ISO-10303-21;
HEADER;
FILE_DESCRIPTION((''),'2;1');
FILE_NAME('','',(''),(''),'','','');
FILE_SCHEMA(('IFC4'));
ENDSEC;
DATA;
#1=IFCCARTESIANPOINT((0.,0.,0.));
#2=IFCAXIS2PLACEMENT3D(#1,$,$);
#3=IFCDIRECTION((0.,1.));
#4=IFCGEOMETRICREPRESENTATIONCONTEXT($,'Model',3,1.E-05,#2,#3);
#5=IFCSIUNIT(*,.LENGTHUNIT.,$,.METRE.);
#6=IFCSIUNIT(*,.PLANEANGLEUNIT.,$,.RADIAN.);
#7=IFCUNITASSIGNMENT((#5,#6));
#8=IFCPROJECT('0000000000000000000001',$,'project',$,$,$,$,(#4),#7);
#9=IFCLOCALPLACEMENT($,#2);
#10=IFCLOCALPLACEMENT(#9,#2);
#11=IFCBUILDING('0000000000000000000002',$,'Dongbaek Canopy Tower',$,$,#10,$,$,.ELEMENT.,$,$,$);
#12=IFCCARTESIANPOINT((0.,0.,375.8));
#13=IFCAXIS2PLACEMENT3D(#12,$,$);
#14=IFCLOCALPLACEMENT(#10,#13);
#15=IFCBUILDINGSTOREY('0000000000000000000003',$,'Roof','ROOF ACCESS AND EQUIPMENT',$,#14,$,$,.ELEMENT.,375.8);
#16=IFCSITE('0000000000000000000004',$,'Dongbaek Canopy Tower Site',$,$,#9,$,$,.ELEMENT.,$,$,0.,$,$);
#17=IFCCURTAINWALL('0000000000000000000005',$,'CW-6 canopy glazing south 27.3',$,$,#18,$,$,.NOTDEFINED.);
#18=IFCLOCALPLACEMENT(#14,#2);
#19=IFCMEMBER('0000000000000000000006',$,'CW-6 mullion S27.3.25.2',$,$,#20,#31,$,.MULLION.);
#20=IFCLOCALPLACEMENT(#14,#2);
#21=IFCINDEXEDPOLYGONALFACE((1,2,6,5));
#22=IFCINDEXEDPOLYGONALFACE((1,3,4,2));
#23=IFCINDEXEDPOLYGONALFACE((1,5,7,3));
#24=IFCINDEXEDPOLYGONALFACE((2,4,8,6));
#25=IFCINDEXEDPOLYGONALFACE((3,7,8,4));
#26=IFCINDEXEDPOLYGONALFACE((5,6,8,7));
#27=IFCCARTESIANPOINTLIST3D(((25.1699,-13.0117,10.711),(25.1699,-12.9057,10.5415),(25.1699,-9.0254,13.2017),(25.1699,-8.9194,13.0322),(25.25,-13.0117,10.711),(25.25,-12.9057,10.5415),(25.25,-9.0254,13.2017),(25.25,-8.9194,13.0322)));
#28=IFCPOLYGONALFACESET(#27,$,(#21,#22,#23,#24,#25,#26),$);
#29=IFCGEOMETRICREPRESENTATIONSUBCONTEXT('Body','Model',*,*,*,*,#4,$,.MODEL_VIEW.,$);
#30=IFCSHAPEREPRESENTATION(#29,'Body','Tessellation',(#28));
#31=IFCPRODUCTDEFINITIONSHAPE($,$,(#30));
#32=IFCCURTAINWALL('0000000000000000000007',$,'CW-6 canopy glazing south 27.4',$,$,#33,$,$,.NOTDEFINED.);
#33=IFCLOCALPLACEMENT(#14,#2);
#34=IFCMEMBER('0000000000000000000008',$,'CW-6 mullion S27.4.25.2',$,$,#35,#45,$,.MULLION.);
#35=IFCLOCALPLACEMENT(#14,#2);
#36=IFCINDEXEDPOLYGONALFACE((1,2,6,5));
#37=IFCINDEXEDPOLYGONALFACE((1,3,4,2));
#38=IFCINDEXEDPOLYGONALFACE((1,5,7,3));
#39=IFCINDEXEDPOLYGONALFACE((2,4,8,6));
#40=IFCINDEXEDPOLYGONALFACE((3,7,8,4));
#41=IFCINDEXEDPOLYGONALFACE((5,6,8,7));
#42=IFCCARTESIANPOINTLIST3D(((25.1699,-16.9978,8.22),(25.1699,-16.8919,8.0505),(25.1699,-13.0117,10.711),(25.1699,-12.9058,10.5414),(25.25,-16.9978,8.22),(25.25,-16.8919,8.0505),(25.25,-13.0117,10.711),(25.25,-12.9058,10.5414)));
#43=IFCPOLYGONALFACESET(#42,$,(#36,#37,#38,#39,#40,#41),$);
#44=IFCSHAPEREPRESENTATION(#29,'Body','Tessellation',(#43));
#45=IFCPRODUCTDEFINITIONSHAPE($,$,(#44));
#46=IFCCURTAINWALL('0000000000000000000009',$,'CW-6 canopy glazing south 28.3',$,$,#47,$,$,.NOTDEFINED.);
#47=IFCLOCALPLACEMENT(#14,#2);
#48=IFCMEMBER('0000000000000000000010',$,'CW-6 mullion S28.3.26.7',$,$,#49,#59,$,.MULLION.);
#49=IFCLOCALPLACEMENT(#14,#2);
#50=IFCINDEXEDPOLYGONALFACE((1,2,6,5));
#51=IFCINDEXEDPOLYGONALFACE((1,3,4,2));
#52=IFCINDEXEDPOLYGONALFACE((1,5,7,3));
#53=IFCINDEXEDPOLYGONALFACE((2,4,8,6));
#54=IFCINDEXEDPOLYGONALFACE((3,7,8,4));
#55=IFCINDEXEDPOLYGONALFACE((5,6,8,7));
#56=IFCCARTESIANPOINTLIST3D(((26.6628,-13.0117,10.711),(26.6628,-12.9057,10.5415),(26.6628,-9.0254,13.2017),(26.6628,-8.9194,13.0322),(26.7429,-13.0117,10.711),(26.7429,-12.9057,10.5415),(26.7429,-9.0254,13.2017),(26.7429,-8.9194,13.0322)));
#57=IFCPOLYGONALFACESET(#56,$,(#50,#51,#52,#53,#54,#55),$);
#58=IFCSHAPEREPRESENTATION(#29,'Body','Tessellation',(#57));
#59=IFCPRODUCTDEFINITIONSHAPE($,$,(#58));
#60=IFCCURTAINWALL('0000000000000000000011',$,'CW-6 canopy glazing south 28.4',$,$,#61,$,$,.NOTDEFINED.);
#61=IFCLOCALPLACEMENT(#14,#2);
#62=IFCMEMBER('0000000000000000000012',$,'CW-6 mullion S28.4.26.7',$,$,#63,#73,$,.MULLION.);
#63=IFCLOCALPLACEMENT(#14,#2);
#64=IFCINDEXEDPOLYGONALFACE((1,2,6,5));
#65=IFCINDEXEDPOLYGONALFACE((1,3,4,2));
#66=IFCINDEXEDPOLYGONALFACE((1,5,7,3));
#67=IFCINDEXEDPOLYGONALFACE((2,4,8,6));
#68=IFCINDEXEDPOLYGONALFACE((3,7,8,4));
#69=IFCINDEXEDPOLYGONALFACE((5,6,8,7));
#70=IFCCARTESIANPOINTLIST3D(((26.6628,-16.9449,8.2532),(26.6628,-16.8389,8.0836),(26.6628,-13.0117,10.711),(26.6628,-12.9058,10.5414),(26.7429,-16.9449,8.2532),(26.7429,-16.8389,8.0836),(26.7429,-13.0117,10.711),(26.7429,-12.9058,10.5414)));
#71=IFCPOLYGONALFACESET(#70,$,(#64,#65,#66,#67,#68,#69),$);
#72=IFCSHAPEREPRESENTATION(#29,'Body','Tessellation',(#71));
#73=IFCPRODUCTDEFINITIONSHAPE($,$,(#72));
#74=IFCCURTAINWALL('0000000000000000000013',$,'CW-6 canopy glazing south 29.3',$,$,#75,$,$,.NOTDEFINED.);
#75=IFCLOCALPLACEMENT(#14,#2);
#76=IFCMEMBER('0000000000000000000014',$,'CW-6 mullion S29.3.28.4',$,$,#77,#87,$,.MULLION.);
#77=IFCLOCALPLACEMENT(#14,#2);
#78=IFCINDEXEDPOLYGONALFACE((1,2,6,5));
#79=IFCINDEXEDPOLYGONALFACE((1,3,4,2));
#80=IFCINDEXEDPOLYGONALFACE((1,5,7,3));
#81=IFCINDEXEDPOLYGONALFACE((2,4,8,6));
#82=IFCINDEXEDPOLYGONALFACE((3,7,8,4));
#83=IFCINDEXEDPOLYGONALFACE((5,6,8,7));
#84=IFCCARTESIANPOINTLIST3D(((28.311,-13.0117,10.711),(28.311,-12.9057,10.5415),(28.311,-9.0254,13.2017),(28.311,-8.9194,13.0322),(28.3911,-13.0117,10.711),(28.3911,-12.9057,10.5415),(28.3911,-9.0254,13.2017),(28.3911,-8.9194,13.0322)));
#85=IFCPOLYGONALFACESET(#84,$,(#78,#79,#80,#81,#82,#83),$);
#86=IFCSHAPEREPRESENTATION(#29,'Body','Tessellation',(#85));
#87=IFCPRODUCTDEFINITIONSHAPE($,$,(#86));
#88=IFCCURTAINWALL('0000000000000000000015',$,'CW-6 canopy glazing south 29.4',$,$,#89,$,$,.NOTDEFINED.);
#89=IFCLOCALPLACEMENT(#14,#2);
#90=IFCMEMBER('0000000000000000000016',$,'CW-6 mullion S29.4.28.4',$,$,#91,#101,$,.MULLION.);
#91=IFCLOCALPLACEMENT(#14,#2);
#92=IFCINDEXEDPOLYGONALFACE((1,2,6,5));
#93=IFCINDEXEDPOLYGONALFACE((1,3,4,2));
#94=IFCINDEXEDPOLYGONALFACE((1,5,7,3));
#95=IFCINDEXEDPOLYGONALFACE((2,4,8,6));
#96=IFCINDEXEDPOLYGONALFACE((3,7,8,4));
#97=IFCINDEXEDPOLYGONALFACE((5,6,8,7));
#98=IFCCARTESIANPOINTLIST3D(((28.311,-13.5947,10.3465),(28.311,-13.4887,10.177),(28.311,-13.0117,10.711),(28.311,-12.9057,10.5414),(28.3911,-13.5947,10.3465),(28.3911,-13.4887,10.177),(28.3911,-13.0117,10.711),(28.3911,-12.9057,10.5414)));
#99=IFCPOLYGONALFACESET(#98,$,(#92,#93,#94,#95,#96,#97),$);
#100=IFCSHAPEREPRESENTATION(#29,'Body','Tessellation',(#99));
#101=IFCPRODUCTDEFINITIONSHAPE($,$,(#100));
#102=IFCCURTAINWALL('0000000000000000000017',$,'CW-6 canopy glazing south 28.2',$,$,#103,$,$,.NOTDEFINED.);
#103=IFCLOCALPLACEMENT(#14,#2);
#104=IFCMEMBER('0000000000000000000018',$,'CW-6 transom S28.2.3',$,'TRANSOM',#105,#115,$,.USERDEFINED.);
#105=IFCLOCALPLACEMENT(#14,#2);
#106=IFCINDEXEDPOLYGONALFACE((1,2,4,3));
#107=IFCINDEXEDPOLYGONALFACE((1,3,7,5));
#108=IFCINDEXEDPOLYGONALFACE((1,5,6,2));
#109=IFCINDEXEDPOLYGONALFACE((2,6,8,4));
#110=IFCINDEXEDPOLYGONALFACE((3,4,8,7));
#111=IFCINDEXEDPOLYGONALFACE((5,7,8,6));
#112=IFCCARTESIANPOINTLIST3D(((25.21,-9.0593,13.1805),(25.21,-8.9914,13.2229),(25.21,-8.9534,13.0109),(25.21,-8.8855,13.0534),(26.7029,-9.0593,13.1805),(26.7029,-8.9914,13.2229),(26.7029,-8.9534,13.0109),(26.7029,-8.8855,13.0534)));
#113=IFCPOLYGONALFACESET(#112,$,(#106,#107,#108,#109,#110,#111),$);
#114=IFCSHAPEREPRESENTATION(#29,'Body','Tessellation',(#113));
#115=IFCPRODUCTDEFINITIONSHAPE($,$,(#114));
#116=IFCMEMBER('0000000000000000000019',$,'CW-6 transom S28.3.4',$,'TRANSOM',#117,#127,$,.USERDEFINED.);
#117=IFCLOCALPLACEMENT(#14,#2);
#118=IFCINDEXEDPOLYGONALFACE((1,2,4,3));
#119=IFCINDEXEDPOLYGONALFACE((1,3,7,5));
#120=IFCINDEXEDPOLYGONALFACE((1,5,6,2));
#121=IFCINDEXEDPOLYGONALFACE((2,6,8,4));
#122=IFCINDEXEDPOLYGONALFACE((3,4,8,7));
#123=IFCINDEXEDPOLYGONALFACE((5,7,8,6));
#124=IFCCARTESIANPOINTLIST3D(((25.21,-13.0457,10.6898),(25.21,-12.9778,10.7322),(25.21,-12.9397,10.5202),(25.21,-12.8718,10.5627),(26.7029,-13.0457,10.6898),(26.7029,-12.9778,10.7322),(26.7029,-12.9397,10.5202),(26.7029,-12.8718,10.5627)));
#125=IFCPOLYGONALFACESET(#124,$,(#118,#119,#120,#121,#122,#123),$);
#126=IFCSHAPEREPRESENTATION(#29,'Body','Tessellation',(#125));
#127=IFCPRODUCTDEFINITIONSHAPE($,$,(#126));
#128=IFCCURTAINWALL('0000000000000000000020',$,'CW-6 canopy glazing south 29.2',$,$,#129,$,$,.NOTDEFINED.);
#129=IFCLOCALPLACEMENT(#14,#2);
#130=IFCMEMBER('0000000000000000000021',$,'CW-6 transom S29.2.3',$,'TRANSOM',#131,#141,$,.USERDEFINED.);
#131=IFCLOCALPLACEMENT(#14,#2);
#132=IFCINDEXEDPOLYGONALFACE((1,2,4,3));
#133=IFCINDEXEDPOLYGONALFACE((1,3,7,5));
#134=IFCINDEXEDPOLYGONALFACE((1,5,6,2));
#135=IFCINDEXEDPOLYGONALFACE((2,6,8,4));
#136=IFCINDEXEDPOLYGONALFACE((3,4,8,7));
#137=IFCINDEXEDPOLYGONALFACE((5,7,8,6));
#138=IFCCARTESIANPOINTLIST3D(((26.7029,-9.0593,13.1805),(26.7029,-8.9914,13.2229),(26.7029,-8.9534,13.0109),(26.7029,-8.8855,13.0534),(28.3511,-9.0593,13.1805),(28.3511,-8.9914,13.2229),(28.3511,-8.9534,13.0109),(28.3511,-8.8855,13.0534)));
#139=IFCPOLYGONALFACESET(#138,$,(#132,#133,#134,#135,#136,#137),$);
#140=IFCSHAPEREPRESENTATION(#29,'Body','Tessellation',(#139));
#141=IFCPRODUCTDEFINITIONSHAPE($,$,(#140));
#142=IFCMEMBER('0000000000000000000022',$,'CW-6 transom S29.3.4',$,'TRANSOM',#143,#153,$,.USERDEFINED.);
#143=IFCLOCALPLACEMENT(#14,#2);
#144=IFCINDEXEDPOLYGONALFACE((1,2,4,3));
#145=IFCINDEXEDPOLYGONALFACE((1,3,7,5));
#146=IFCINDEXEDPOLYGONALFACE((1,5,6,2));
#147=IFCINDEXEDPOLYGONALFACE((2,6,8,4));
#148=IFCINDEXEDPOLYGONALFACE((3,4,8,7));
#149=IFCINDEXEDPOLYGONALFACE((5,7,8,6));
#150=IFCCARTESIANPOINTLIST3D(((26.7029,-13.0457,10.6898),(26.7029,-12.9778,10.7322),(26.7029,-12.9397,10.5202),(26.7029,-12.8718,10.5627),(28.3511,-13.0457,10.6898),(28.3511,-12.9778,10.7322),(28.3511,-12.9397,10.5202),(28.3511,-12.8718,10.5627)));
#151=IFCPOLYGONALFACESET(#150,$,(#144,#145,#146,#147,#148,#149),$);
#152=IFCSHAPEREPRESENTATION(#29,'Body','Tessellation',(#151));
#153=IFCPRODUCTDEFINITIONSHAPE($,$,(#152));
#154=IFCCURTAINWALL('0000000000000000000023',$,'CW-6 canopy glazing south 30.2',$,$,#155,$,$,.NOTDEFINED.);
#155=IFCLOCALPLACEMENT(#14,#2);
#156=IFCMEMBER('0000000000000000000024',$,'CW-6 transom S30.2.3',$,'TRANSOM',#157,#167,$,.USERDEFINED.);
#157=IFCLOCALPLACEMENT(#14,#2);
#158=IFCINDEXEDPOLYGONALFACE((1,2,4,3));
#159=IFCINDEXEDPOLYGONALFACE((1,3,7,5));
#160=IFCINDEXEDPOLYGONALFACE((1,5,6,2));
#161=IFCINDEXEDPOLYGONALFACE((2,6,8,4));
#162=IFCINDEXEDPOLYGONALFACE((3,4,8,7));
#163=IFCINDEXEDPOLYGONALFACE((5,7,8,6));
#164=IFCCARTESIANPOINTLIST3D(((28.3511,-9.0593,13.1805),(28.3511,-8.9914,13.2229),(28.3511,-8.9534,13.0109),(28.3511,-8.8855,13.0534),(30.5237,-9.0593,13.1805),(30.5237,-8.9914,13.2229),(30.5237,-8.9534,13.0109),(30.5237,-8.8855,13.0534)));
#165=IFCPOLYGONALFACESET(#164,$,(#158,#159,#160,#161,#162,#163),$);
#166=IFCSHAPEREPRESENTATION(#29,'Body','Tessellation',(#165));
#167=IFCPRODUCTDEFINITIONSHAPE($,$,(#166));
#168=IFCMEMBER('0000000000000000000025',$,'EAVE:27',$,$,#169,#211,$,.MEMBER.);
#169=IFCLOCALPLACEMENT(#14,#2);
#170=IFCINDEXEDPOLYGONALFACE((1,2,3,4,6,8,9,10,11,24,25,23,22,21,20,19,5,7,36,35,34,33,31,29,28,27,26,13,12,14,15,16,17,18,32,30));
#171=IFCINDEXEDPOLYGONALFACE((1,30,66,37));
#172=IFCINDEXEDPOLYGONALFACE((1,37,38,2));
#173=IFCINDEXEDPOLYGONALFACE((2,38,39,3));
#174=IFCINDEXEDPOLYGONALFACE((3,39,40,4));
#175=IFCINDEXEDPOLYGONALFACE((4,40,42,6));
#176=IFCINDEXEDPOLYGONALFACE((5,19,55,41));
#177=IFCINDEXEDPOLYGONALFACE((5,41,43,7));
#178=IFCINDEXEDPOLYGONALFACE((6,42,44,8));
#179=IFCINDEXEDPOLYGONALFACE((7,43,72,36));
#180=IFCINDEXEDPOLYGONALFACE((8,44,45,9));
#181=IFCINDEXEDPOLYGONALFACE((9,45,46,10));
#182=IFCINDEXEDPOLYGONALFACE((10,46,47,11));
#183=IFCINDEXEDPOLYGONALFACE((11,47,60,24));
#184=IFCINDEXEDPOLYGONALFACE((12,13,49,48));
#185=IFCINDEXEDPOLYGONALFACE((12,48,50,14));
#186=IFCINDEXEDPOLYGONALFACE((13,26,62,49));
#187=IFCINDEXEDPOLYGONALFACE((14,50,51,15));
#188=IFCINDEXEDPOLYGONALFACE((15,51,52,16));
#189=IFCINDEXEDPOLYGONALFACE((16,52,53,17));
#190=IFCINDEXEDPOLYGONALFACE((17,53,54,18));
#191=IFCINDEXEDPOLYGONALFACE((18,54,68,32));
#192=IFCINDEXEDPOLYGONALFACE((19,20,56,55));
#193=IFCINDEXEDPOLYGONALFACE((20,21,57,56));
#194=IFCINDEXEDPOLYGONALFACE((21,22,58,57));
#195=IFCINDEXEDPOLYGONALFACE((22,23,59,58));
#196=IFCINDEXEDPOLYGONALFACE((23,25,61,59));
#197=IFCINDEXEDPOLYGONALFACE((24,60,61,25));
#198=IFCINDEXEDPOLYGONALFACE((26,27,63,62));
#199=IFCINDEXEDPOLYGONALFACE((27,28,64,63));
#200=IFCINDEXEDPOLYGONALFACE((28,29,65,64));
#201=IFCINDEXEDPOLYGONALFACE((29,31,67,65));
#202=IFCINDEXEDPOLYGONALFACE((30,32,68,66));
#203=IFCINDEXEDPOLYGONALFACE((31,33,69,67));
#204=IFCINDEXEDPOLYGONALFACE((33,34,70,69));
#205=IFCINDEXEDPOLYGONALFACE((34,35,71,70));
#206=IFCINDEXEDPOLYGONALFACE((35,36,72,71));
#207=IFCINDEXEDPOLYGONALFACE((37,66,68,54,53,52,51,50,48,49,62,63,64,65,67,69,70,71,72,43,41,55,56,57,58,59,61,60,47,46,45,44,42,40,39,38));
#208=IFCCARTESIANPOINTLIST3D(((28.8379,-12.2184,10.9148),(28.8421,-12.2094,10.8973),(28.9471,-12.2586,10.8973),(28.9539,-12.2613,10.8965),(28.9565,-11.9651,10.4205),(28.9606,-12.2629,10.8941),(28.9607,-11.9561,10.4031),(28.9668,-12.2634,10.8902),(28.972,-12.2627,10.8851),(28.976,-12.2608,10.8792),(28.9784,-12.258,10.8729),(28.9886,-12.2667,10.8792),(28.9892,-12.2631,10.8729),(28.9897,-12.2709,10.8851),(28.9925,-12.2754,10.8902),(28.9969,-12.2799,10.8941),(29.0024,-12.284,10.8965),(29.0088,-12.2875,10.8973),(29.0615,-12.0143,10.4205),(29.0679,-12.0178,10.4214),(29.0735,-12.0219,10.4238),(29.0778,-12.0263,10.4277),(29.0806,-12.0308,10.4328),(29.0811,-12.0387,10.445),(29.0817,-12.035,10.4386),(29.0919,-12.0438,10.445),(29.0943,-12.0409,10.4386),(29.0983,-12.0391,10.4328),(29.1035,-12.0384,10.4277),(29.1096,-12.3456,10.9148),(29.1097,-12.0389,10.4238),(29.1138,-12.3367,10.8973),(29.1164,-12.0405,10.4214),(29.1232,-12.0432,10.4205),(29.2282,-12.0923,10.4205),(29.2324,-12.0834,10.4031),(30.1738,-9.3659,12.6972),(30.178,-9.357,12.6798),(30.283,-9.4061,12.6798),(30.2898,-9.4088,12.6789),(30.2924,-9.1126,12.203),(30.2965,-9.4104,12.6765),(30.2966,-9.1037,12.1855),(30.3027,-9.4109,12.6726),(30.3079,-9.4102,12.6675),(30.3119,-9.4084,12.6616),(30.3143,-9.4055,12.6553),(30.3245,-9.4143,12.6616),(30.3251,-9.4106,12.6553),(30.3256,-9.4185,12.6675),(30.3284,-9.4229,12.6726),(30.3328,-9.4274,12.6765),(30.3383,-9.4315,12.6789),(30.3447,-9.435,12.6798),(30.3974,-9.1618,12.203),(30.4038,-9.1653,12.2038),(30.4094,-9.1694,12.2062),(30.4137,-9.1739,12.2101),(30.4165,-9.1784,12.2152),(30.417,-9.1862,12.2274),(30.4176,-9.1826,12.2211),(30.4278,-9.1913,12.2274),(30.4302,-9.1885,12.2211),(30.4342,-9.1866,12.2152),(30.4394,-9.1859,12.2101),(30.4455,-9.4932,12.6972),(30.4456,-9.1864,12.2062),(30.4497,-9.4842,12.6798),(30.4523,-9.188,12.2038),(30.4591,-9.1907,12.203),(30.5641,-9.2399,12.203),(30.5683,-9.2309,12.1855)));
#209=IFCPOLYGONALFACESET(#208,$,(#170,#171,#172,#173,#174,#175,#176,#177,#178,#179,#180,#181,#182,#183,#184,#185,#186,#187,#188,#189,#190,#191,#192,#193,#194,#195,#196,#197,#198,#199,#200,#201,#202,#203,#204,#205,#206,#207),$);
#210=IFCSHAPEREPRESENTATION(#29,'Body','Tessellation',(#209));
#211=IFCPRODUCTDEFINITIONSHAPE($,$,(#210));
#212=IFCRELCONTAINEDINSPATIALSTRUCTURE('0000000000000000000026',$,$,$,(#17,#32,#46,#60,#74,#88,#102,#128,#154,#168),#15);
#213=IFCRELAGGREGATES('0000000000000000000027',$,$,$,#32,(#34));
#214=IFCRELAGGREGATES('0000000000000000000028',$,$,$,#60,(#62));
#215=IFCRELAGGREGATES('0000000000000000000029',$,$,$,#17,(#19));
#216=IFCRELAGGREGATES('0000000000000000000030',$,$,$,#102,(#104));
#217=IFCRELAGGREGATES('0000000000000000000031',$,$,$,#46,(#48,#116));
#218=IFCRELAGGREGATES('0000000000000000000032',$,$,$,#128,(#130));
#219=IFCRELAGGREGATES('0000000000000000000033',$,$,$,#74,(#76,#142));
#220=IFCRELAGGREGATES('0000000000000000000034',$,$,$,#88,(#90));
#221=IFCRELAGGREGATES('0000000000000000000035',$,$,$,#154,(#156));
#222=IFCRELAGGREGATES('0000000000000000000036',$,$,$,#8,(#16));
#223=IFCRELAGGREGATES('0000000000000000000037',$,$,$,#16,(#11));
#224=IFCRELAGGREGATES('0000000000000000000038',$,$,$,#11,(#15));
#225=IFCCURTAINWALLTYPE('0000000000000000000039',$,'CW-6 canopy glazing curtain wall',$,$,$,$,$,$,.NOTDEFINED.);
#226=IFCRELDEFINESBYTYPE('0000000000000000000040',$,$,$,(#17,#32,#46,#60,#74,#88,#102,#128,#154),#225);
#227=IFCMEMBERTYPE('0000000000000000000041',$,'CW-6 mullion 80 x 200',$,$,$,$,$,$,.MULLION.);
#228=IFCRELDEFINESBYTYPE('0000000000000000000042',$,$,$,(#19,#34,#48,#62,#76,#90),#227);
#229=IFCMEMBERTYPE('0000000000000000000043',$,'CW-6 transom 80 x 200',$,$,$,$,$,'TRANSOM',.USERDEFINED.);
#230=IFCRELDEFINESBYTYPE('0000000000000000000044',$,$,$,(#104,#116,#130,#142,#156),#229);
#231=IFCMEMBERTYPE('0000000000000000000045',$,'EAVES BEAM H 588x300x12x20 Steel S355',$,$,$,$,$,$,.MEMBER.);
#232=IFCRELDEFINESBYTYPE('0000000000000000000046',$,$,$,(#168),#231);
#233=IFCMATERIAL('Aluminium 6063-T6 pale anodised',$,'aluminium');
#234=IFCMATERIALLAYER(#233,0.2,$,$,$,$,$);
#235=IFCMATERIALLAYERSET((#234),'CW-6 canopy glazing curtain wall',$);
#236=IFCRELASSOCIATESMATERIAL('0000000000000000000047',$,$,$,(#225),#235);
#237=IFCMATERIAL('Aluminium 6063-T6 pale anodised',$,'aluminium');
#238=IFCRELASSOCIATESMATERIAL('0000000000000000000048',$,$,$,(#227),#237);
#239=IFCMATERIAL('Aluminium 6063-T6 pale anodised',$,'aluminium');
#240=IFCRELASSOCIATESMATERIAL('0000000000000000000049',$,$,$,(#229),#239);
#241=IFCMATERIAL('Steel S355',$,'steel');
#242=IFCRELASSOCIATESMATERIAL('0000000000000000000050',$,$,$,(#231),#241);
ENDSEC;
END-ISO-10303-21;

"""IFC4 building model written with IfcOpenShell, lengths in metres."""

from ifc_helpers import new_model, si_unit, direction, frame, origin, origin_2d, place, context, subcontext, project, spatial, rectangle, i_section, extrude, material, layer, layer_set, material_profile, profile_set, type_object, element, aggregate, save


model = new_model("IFC4")

# Units and contexts
model_context = context("Model", 3, precision=1e-05, world=origin(), true_north=direction((0.0, 1.0)))
body_context = subcontext(model_context, "Body", "Model", "MODEL_VIEW")
ifc_project = project(units=[si_unit("LENGTHUNIT", "METRE"), si_unit("PLANEANGLEUNIT", "RADIAN")], contexts=[model_context])

# Site, building, storey
site_placement = place(None, origin())
site = spatial("IfcSite", under=ifc_project, at=site_placement, Name="Dongbaek Canopy Tower Site", CompositionType="ELEMENT", RefElevation=0.0)
building_placement = place(site_placement, origin())
building = spatial("IfcBuilding", under=site, at=building_placement, Name="Dongbaek Canopy Tower", CompositionType="ELEMENT")
storey_placement = place(building_placement, frame((0.0, 0.0, 375.8)))
storey = spatial("IfcBuildingStorey", under=building, at=storey_placement, Name="Roof", Description="ROOF ACCESS AND EQUIPMENT", CompositionType="ELEMENT", Elevation=375.8)

# Curtain walls, members
ifc_material_1 = material(Name="Aluminium 6063-T6 pale anodised", Category="aluminium")
ifc_layer_1 = layer(ifc_material_1, 0.2)
ifc_layer_set_1 = layer_set([ifc_layer_1], Name="CW-6 canopy glazing curtain wall")
curtain_wall_type = type_object("IfcCurtainWallType", Name="CW-6 canopy glazing curtain wall", PredefinedType="NOTDEFINED", material=ifc_layer_set_1)
curtain_wall_1_placement = place(storey_placement, origin())
curtain_wall_1 = element("IfcCurtainWall", 1, at=curtain_wall_1_placement, inside=storey, type_object=curtain_wall_type, Name="CW-6 canopy glazing south 27.3", PredefinedType="NOTDEFINED")
ifc_material_2 = material(Name="Aluminium 6063-T6 pale anodised", Category="aluminium")
ifc_material_profile_1 = material_profile(ifc_material_2, rectangle(XDim=0.0801, YDim=0.2, at=origin_2d()), Name="CW-6 mullion 80 x 200")
ifc_profile_set_1 = profile_set([ifc_material_profile_1], Name="Aluminium 6063-T6 pale anodised")
member_type_1 = type_object("IfcMemberType", Name="CW-6 mullion 80 x 200", PredefinedType="MULLION", material=ifc_profile_set_1)
member_1_placement = place(storey_placement, frame((25.21, -8.9724, 13.1169), z_axis=(0.0, -0.848068, -0.529887), x_axis=(1.0, 0.0, 0.0)))
member_1 = element("IfcMember", 2, at=member_1_placement, type_object=member_type_1, Name="CW-6 mullion S27.3.25.2", PredefinedType="MULLION", context=body_context, shape_type="SweptSolid", body=[
    extrude(rectangle(XDim=0.0801, YDim=0.2, at=origin_2d()), origin(), (0.0, 0.0, 1.0), 4.7004),
])
curtain_wall_2_placement = place(storey_placement, origin())
curtain_wall_2 = element("IfcCurtainWall", 3, at=curtain_wall_2_placement, inside=storey, type_object=curtain_wall_type, Name="CW-6 canopy glazing south 27.4", PredefinedType="NOTDEFINED")
member_2_placement = place(storey_placement, frame((25.21, -12.9587, 10.6262), z_axis=(0.0, -0.84803, -0.529948), x_axis=(1.0, 0.0, 0.0)))
member_2 = element("IfcMember", 4, at=member_2_placement, type_object=member_type_1, Name="CW-6 mullion S27.4.25.2", PredefinedType="MULLION", context=body_context, shape_type="SweptSolid", body=[
    extrude(rectangle(XDim=0.0801, YDim=0.2, at=origin_2d()), origin(), (0.0, 0.0, 1.0), 4.7004),
])
aggregate(curtain_wall_2, [member_2])
curtain_wall_3_placement = place(storey_placement, origin())
curtain_wall_3 = element("IfcCurtainWall", 5, at=curtain_wall_3_placement, inside=storey, type_object=curtain_wall_type, Name="CW-6 canopy glazing south 28.3", PredefinedType="NOTDEFINED")
member_3_placement = place(storey_placement, frame((26.7029, -8.9724, 13.1169), z_axis=(0.0, -0.848068, -0.529887), x_axis=(1.0, 0.0, 0.0)))
member_3 = element("IfcMember", 6, at=member_3_placement, type_object=member_type_1, Name="CW-6 mullion S28.3.26.7", PredefinedType="MULLION", context=body_context, shape_type="SweptSolid", body=[
    extrude(rectangle(XDim=0.0801, YDim=0.2, at=origin_2d()), origin(), (0.0, 0.0, 1.0), 4.7004),
])
curtain_wall_4_placement = place(storey_placement, origin())
curtain_wall_4 = element("IfcCurtainWall", 7, at=curtain_wall_4_placement, inside=storey, type_object=curtain_wall_type, Name="CW-6 canopy glazing south 28.4", PredefinedType="NOTDEFINED")
member_4_placement = place(storey_placement, frame((26.7029, -12.9587, 10.6262), z_axis=(0.0, -0.84804, -0.529933), x_axis=(1.0, 0.0, 0.0)))
member_4 = element("IfcMember", 8, at=member_4_placement, type_object=member_type_1, Name="CW-6 mullion S28.4.26.7", PredefinedType="MULLION", context=body_context, shape_type="SweptSolid", body=[
    extrude(rectangle(XDim=0.0801, YDim=0.2, at=origin_2d()), origin(), (0.0, 0.0, 1.0), 4.6379),
])
aggregate(curtain_wall_4, [member_4])
curtain_wall_5_placement = place(storey_placement, origin())
curtain_wall_5 = element("IfcCurtainWall", 9, at=curtain_wall_5_placement, inside=storey, type_object=curtain_wall_type, Name="CW-6 canopy glazing south 29.3", PredefinedType="NOTDEFINED")
member_5_placement = place(storey_placement, frame((28.3511, -8.9724, 13.1169), z_axis=(0.0, -0.848068, -0.529887), x_axis=(1.0, 0.0, 0.0)))
member_5 = element("IfcMember", 10, at=member_5_placement, type_object=member_type_1, Name="CW-6 mullion S29.3.28.4", PredefinedType="MULLION", context=body_context, shape_type="SweptSolid", body=[
    extrude(rectangle(XDim=0.0801, YDim=0.2, at=origin_2d()), origin(), (0.0, 0.0, 1.0), 4.7004),
])
curtain_wall_6_placement = place(storey_placement, origin())
curtain_wall_6 = element("IfcCurtainWall", 11, at=curtain_wall_6_placement, inside=storey, type_object=curtain_wall_type, Name="CW-6 canopy glazing south 29.4", PredefinedType="NOTDEFINED")
member_6_placement = place(storey_placement, frame((28.3511, -12.9587, 10.6262), z_axis=(0.0, -0.847919, -0.530127), x_axis=(1.0, 0.0, 0.0)))
member_6 = element("IfcMember", 12, at=member_6_placement, type_object=member_type_1, Name="CW-6 mullion S29.4.28.4", PredefinedType="MULLION", context=body_context, shape_type="SweptSolid", body=[
    extrude(rectangle(XDim=0.0801, YDim=0.2, at=origin_2d()), origin(), (0.0, 0.0, 1.0), 0.6875),
])
curtain_wall_7_placement = place(storey_placement, origin())
curtain_wall_7 = element("IfcCurtainWall", 13, at=curtain_wall_7_placement, inside=storey, type_object=curtain_wall_type, Name="CW-6 canopy glazing south 28.2", PredefinedType="NOTDEFINED")
ifc_material_3 = material(Name="Aluminium 6063-T6 pale anodised", Category="aluminium")
ifc_material_profile_2 = material_profile(ifc_material_3, rectangle(XDim=0.0801, YDim=0.2, at=origin_2d()), Name="CW-6 transom 80 x 200")
ifc_profile_set_2 = profile_set([ifc_material_profile_2], Name="Aluminium 6063-T6 pale anodised")
member_type_2 = type_object("IfcMemberType", Name="CW-6 transom 80 x 200", ElementType="TRANSOM", PredefinedType="USERDEFINED", material=ifc_profile_set_2)
member_7_placement = place(storey_placement, frame((25.21, -8.9724, 13.1169), z_axis=(1.0, 0.0, 0.0), x_axis=(0.0, 0.848048, 0.529919)))
member_7 = element("IfcMember", 14, at=member_7_placement, type_object=member_type_2, Name="CW-6 transom S28.2.3", ObjectType="TRANSOM", PredefinedType="USERDEFINED", context=body_context, shape_type="SweptSolid", body=[
    extrude(rectangle(XDim=0.0801, YDim=0.2, at=origin_2d()), origin(), (0.0, 0.0, 1.0), 1.4929),
])

# Member
member_8_placement = place(storey_placement, frame((25.21, -12.9587, 10.6262), z_axis=(1.0, 0.0, 0.0), x_axis=(0.0, 0.848048, 0.529919)))
member_8 = element("IfcMember", 15, at=member_8_placement, type_object=member_type_2, Name="CW-6 transom S28.3.4", ObjectType="TRANSOM", PredefinedType="USERDEFINED", context=body_context, shape_type="SweptSolid", body=[
    extrude(rectangle(XDim=0.0801, YDim=0.2, at=origin_2d()), origin(), (0.0, 0.0, 1.0), 1.4929),
])

# Curtain wall, member
curtain_wall_8_placement = place(storey_placement, origin())
curtain_wall_8 = element("IfcCurtainWall", 16, at=curtain_wall_8_placement, inside=storey, type_object=curtain_wall_type, Name="CW-6 canopy glazing south 29.2", PredefinedType="NOTDEFINED")
member_9_placement = place(storey_placement, frame((26.7029, -8.9724, 13.1169), z_axis=(1.0, 0.0, 0.0), x_axis=(0.0, 0.848048, 0.529919)))
member_9 = element("IfcMember", 17, at=member_9_placement, type_object=member_type_2, Name="CW-6 transom S29.2.3", ObjectType="TRANSOM", PredefinedType="USERDEFINED", context=body_context, shape_type="SweptSolid", body=[
    extrude(rectangle(XDim=0.0801, YDim=0.2, at=origin_2d()), origin(), (0.0, 0.0, 1.0), 1.6482),
])

# Member
member_10_placement = place(storey_placement, frame((26.7029, -12.9587, 10.6262), z_axis=(1.0, 0.0, 0.0), x_axis=(0.0, 0.848048, 0.529919)))
member_10 = element("IfcMember", 18, at=member_10_placement, type_object=member_type_2, Name="CW-6 transom S29.3.4", ObjectType="TRANSOM", PredefinedType="USERDEFINED", context=body_context, shape_type="SweptSolid", body=[
    extrude(rectangle(XDim=0.0801, YDim=0.2, at=origin_2d()), origin(), (0.0, 0.0, 1.0), 1.6482),
])

# Curtain wall, member
curtain_wall_9_placement = place(storey_placement, origin())
curtain_wall_9 = element("IfcCurtainWall", 19, at=curtain_wall_9_placement, inside=storey, type_object=curtain_wall_type, Name="CW-6 canopy glazing south 30.2", PredefinedType="NOTDEFINED")
member_11_placement = place(storey_placement, frame((28.3511, -8.9724, 13.1169), z_axis=(1.0, 0.0, 0.0), x_axis=(0.0, 0.848048, 0.529919)))
member_11 = element("IfcMember", 20, at=member_11_placement, type_object=member_type_2, Name="CW-6 transom S30.2.3", ObjectType="TRANSOM", PredefinedType="USERDEFINED", context=body_context, shape_type="SweptSolid", body=[
    extrude(rectangle(XDim=0.0801, YDim=0.2, at=origin_2d()), origin(), (0.0, 0.0, 1.0), 2.1726),
])

# Member
ifc_material_4 = material(Name="Steel S355", Category="steel")
ifc_material_profile_3 = material_profile(ifc_material_4, i_section(OverallWidth=0.3, OverallDepth=0.5879, WebThickness=0.012, FlangeThickness=0.02, FilletRadius=0.0281, at=origin_2d()), Name="EAVES BEAM H 588x300x12x20 Steel S355")
ifc_profile_set_3 = profile_set([ifc_material_profile_3], Name="Steel S355")
member_type_3 = type_object("IfcMemberType", Name="EAVES BEAM H 588x300x12x20 Steel S355", PredefinedType="MEMBER", material=ifc_profile_set_3)
member_12_placement = place(storey_placement, frame((29.0352, -12.1509, 10.6589), z_axis=(0.369121, 0.788159, 0.492498), x_axis=(-0.905604, 0.424124, 0.0)))
element("IfcMember", 21, at=member_12_placement, inside=storey, type_object=member_type_3, Name="EAVE:27", PredefinedType="MEMBER", context=body_context, shape_type="SweptSolid", body=[
    extrude(i_section(OverallWidth=0.3, OverallDepth=0.5879, WebThickness=0.012, FlangeThickness=0.02, FilletRadius=0.0281, at=origin_2d()), origin(), (0.0, 0.0, 1.0), 3.6191),
])

aggregate(curtain_wall_1, [member_1])
aggregate(curtain_wall_7, [member_7])
aggregate(curtain_wall_3, [member_3, member_8])
aggregate(curtain_wall_8, [member_9])
aggregate(curtain_wall_5, [member_5, member_10])
aggregate(curtain_wall_6, [member_6])
aggregate(curtain_wall_9, [member_11])

save(model, "model.ifc")
